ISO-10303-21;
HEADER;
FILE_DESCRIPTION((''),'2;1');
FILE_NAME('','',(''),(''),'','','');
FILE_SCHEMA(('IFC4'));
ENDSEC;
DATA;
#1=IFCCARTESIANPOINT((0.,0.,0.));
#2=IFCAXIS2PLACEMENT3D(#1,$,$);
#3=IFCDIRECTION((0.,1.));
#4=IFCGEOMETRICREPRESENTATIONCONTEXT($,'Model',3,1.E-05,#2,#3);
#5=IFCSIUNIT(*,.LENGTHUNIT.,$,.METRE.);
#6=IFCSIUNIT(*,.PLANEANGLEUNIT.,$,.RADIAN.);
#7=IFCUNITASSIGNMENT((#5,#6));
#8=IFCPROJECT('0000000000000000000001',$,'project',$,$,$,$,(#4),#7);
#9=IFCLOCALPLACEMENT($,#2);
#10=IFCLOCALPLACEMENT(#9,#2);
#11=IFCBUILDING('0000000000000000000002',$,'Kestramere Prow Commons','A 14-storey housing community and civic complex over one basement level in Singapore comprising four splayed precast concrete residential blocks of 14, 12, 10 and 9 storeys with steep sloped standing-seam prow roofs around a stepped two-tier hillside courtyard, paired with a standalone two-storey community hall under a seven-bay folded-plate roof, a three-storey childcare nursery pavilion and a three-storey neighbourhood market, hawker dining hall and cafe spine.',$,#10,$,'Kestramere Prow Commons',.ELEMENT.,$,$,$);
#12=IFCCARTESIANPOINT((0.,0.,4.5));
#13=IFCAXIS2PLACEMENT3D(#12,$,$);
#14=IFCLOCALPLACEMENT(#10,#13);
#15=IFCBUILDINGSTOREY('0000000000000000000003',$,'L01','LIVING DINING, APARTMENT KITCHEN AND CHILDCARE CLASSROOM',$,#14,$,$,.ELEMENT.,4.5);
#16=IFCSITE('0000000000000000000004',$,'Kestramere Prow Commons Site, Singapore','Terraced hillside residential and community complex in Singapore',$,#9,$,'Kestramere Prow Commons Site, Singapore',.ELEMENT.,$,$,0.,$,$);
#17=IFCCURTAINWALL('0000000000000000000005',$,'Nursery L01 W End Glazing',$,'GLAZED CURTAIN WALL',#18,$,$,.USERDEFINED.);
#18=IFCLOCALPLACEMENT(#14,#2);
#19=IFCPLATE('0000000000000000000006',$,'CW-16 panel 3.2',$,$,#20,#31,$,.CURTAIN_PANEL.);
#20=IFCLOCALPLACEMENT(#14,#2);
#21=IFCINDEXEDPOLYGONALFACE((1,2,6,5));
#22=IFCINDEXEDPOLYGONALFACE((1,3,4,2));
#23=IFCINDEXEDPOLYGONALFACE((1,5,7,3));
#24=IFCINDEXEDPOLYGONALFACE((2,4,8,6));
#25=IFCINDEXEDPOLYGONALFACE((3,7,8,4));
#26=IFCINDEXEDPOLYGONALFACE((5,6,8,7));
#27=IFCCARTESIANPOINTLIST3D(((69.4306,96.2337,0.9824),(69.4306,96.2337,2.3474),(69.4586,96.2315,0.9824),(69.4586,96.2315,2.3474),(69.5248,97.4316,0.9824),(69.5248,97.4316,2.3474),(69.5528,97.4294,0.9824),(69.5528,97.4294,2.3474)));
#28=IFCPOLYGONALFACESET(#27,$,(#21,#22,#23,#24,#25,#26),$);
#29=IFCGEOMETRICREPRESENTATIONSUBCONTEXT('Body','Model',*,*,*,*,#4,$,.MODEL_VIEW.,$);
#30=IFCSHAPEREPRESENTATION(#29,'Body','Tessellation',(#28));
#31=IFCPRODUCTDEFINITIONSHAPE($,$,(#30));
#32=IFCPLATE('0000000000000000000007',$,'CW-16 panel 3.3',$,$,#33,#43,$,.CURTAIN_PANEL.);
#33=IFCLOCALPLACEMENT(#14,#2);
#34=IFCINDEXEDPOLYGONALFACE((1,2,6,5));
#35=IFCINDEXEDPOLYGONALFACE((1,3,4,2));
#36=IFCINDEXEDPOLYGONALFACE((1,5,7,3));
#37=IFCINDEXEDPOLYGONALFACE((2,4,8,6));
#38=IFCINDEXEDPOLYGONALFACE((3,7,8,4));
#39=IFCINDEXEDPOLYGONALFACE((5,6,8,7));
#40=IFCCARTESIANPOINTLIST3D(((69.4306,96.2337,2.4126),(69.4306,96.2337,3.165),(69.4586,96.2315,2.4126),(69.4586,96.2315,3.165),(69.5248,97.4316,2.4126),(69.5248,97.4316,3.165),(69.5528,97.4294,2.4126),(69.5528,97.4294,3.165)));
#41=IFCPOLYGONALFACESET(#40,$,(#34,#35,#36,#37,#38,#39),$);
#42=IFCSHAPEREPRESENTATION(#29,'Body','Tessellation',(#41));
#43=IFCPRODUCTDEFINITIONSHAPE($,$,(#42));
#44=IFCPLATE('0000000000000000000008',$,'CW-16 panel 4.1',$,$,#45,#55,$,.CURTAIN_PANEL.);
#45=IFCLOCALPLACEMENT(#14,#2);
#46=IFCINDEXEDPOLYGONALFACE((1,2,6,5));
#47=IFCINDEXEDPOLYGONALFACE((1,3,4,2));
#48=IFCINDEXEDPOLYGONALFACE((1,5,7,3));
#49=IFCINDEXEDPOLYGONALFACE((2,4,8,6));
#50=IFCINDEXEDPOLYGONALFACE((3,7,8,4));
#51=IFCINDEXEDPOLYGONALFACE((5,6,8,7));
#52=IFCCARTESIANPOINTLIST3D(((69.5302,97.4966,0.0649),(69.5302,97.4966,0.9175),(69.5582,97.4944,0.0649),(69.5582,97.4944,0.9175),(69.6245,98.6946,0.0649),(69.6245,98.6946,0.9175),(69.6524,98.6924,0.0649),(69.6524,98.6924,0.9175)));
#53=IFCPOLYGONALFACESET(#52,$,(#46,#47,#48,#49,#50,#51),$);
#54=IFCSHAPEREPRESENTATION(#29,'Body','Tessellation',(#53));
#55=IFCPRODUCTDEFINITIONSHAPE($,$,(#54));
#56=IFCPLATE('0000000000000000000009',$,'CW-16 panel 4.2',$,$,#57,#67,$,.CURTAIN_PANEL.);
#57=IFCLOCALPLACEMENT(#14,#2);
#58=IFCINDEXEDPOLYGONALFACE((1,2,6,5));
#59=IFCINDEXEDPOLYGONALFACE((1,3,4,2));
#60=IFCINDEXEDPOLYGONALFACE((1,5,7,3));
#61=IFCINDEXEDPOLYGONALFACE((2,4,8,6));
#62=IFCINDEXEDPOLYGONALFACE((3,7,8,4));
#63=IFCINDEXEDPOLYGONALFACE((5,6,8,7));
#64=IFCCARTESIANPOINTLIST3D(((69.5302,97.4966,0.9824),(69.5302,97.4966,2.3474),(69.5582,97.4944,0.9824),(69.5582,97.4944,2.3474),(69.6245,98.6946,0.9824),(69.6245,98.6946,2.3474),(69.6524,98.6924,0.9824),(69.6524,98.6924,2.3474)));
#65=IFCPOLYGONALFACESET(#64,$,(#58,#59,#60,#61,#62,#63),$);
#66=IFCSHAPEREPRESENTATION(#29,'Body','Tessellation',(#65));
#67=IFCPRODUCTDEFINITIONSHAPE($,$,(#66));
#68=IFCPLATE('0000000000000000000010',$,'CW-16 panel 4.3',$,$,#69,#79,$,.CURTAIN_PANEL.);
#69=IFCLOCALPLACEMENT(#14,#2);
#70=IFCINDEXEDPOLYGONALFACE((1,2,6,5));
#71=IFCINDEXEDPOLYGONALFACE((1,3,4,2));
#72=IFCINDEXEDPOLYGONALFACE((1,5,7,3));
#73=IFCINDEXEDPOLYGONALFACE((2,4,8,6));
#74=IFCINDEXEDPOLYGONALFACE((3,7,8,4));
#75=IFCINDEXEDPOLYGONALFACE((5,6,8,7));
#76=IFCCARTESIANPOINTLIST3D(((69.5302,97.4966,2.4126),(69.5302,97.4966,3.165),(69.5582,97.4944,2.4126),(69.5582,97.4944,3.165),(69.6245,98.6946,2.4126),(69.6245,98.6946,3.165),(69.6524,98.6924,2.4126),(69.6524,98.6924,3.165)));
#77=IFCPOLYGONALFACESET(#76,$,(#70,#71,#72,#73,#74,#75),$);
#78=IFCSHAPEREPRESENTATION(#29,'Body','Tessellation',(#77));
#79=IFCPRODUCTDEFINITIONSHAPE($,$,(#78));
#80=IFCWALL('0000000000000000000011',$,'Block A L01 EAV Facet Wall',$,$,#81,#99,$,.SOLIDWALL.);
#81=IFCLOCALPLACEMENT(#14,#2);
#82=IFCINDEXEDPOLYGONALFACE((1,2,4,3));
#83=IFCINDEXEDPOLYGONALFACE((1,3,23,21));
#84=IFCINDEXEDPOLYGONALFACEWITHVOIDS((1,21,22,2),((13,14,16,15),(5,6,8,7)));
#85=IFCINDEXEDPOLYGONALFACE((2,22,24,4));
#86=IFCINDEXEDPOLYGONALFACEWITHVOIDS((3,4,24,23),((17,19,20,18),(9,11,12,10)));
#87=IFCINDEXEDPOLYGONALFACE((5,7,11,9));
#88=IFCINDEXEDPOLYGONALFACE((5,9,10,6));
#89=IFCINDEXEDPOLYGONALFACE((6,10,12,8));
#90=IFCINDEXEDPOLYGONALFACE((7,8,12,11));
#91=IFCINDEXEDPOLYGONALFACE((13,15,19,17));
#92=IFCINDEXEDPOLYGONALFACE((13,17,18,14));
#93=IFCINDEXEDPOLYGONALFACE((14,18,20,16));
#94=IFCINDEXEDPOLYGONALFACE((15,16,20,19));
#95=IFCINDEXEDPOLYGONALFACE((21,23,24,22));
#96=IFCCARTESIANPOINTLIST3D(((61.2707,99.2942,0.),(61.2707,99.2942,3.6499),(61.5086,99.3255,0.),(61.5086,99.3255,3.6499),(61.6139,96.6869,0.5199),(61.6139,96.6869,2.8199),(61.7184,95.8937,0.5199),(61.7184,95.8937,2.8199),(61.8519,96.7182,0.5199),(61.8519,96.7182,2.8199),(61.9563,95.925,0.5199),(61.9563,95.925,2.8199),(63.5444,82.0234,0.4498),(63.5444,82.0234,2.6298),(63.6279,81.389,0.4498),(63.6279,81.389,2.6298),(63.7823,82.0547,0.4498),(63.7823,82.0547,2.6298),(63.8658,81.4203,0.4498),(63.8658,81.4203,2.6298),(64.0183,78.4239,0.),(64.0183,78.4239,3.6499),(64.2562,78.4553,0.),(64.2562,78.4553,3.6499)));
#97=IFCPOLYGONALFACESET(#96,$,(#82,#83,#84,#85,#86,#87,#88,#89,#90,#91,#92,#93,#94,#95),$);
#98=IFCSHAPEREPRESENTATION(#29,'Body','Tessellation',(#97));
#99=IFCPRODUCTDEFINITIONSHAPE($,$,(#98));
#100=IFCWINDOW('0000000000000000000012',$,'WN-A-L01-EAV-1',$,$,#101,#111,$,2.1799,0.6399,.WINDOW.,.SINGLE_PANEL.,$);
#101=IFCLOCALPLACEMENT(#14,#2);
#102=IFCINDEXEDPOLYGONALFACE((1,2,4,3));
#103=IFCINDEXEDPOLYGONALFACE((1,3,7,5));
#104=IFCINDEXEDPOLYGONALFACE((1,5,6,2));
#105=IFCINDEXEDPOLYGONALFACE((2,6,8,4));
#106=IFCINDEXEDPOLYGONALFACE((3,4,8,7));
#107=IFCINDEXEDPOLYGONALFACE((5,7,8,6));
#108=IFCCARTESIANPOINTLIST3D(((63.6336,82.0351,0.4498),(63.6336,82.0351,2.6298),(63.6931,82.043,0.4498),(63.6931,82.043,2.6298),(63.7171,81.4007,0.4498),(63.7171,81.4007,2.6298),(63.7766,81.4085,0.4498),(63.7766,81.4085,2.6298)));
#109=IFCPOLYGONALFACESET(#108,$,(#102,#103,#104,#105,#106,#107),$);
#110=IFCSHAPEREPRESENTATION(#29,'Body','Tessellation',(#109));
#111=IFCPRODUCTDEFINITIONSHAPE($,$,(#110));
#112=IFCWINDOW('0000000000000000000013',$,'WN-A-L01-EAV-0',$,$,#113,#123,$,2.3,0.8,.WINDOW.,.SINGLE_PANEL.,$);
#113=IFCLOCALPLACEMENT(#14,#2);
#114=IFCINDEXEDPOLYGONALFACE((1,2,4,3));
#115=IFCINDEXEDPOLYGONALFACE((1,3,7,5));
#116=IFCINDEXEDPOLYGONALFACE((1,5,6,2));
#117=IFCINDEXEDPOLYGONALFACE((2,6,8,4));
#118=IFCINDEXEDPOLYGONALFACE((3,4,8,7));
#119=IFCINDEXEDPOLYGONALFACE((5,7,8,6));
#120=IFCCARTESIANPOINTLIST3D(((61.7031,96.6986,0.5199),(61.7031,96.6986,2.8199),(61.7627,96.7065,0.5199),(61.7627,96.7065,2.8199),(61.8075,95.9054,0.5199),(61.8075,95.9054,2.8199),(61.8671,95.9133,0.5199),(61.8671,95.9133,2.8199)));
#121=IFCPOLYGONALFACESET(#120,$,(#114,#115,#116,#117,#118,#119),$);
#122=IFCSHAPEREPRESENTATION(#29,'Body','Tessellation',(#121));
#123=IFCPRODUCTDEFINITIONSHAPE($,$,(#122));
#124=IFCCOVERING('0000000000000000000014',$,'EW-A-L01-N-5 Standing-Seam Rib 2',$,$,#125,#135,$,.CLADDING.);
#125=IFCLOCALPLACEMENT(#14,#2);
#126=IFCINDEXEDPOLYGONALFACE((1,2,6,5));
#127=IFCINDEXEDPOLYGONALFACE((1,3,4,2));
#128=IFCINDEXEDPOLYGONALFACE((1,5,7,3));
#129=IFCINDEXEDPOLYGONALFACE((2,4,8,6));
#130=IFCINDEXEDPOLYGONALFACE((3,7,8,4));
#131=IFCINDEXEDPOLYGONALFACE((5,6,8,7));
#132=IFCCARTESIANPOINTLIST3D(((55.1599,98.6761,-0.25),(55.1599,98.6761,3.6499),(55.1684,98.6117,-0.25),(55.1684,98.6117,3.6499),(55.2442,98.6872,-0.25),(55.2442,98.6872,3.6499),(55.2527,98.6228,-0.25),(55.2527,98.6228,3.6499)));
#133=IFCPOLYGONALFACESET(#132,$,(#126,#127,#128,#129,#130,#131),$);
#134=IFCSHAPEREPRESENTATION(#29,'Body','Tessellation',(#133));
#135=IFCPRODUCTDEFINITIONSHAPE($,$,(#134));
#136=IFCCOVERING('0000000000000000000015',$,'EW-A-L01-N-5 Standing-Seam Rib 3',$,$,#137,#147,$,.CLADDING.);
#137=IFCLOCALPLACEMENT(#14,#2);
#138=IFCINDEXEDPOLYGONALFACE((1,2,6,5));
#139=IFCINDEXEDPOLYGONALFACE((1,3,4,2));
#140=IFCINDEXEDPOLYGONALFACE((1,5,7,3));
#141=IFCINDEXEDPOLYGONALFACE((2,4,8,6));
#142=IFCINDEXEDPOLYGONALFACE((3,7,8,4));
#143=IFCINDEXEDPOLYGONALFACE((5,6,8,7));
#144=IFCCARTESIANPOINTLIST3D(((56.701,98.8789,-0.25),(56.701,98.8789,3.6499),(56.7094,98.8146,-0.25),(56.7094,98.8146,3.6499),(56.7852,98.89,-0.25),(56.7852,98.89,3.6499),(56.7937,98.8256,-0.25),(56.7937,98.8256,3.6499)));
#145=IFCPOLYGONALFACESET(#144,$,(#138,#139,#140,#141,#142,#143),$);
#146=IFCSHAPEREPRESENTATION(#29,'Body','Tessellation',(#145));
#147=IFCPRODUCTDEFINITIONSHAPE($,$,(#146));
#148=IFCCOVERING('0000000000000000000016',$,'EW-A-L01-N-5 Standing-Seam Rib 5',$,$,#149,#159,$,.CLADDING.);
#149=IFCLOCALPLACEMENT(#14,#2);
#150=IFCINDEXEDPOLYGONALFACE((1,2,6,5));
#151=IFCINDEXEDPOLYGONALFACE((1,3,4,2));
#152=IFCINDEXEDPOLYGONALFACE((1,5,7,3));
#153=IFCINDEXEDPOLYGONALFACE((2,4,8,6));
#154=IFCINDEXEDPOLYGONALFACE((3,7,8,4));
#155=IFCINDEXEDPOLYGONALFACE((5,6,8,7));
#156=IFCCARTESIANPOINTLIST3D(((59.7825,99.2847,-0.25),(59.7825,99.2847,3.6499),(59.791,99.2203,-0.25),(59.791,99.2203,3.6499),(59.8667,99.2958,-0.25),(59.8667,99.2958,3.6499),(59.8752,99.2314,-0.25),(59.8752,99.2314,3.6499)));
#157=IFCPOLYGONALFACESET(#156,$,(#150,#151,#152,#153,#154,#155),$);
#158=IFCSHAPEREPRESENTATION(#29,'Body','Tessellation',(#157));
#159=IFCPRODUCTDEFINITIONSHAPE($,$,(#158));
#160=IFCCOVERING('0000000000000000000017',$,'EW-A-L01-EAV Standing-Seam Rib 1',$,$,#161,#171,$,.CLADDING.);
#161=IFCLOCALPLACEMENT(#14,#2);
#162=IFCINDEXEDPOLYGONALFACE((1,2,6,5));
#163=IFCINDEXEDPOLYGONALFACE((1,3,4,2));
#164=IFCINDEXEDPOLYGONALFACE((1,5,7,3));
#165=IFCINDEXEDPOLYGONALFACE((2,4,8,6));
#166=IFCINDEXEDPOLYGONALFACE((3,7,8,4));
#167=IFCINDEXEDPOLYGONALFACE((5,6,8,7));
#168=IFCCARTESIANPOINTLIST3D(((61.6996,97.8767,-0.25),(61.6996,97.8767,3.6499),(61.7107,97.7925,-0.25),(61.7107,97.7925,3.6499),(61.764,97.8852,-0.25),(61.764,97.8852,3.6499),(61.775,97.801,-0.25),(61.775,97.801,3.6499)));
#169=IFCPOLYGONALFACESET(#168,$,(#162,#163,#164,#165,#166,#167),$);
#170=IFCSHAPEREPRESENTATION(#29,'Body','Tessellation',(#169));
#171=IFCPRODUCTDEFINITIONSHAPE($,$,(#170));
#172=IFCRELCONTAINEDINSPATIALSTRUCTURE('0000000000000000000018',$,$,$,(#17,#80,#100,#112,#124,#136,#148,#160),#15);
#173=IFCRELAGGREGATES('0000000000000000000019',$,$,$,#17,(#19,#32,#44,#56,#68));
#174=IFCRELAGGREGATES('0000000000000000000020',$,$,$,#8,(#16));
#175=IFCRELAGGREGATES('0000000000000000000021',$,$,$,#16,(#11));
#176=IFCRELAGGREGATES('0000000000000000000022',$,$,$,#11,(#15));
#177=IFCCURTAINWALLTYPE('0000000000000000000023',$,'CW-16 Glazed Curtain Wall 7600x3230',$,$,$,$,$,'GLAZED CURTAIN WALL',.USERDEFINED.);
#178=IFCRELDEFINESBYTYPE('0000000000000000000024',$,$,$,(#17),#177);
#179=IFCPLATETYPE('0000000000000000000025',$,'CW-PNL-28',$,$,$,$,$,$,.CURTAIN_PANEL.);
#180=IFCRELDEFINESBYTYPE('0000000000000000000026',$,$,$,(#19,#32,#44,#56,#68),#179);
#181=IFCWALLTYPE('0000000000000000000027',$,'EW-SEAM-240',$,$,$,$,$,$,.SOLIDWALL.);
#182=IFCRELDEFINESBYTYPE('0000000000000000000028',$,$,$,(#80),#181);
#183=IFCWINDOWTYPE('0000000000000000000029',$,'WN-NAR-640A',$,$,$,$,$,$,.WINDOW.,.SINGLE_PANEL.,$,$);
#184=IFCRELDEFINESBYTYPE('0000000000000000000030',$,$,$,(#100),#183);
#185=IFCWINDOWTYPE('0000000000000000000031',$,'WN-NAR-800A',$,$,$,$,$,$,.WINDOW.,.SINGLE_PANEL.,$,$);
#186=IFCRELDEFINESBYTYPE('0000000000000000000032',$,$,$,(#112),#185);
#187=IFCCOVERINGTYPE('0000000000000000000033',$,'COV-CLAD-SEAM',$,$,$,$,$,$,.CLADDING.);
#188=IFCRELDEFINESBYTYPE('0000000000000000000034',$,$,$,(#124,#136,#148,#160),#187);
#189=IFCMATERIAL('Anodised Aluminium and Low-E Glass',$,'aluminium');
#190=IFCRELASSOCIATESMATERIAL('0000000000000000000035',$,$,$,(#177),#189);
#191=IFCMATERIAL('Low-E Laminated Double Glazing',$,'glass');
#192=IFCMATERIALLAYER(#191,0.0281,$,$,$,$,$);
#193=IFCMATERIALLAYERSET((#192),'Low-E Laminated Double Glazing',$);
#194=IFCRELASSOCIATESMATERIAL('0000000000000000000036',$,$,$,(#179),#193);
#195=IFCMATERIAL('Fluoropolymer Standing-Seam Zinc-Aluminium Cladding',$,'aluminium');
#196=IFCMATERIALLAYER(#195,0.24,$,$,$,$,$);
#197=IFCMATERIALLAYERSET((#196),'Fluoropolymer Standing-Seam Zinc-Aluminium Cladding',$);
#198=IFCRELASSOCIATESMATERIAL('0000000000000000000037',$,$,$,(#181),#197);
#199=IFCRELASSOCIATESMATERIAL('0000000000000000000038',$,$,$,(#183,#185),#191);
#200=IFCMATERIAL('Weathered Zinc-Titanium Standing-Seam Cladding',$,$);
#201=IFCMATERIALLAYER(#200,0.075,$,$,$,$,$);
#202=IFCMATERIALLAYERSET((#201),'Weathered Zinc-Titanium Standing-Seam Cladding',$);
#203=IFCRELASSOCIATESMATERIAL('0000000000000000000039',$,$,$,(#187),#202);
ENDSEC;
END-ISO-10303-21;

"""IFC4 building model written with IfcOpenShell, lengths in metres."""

from ifc_helpers import new_model, si_unit, direction, frame, frame_2d, origin, origin_2d, place, context, subcontext, project, spatial, rectangle, extrude, material, layer, layer_set, type_object, element, fill, aggregate, save


model = new_model("IFC4")

# Units and contexts
model_context = context("Model", 3, precision=1e-05, world=origin(), true_north=direction((0.0, 1.0)))
body_context = subcontext(model_context, "Body", "Model", "MODEL_VIEW")
ifc_project = project(units=[si_unit("LENGTHUNIT", "METRE"), si_unit("PLANEANGLEUNIT", "RADIAN")], contexts=[model_context])

# Site, building, storey
site_placement = place(None, origin())
site = spatial("IfcSite", under=ifc_project, at=site_placement, Name="Kestramere Prow Commons Site, Singapore", Description="Terraced hillside residential and community complex in Singapore", LongName="Kestramere Prow Commons Site, Singapore", CompositionType="ELEMENT", RefElevation=0.0)
building_placement = place(site_placement, origin())
building = spatial("IfcBuilding", under=site, at=building_placement, Name="Kestramere Prow Commons", Description="A 14-storey housing community and civic complex over one basement level in Singapore comprising four splayed precast concrete residential blocks of 14, 12, 10 and 9 storeys with steep sloped standing-seam prow roofs around a stepped two-tier hillside courtyard, paired with a standalone two-storey community hall under a seven-bay folded-plate roof, a three-storey childcare nursery pavilion and a three-storey neighbourhood market, hawker dining hall and cafe spine.", LongName="Kestramere Prow Commons", CompositionType="ELEMENT")
storey_placement = place(building_placement, frame((0.0, 0.0, 4.5)))
storey = spatial("IfcBuildingStorey", under=building, at=storey_placement, Name="L01", Description="LIVING DINING, APARTMENT KITCHEN AND CHILDCARE CLASSROOM", CompositionType="ELEMENT", Elevation=4.5)

# Curtain wall, plates
ifc_material_1 = material(Name="Anodised Aluminium and Low-E Glass", Category="aluminium")
curtain_wall_type = type_object("IfcCurtainWallType", Name="CW-16 Glazed Curtain Wall 7600x3230", ElementType="GLAZED CURTAIN WALL", PredefinedType="USERDEFINED", material=ifc_material_1)
curtain_wall_placement = place(storey_placement, origin())
curtain_wall = element("IfcCurtainWall", 1, at=curtain_wall_placement, inside=storey, type_object=curtain_wall_type, Name="Nursery L01 W End Glazing", ObjectType="GLAZED CURTAIN WALL", PredefinedType="USERDEFINED")
ifc_material_2 = material(Name="Low-E Laminated Double Glazing", Category="glass")
ifc_layer_1 = layer(ifc_material_2, 0.0281)
ifc_layer_set_1 = layer_set([ifc_layer_1], Name="Low-E Laminated Double Glazing")
plate_type = type_object("IfcPlateType", Name="CW-PNL-28", PredefinedType="CURTAIN_PANEL", material=ifc_layer_set_1)
plate_1_placement = place(storey_placement, frame((69.4917, 96.8315, 0.9824), z_axis=(0.0, 0.0, 1.0), x_axis=(0.078459, 0.996917, 0.0)))
plate_1 = element("IfcPlate", 2, at=plate_1_placement, type_object=plate_type, Name="CW-16 panel 3.2", PredefinedType="CURTAIN_PANEL", context=body_context, shape_type="SweptSolid", body=[
    extrude(rectangle(XDim=1.2017, YDim=0.0281, at=origin_2d()), origin(), (0.0, 0.0, 1.0), 1.365),
])
plate_2_placement = place(storey_placement, frame((69.4917, 96.8315, 2.4126), z_axis=(0.0, 0.0, 1.0), x_axis=(0.078459, 0.996917, 0.0)))
plate_2 = element("IfcPlate", 3, at=plate_2_placement, type_object=plate_type, Name="CW-16 panel 3.3", PredefinedType="CURTAIN_PANEL", context=body_context, shape_type="SweptSolid", body=[
    extrude(rectangle(XDim=1.2017, YDim=0.0281, at=origin_2d()), origin(), (0.0, 0.0, 1.0), 0.7524),
])
plate_3_placement = place(storey_placement, frame((69.5913, 98.0945, 0.0649), z_axis=(0.0, 0.0, 1.0), x_axis=(0.078459, 0.996917, 0.0)))
plate_3 = element("IfcPlate", 4, at=plate_3_placement, type_object=plate_type, Name="CW-16 panel 4.1", PredefinedType="CURTAIN_PANEL", context=body_context, shape_type="SweptSolid", body=[
    extrude(rectangle(XDim=1.2017, YDim=0.0281, at=origin_2d()), origin(), (0.0, 0.0, 1.0), 0.8525),
])
plate_4_placement = place(storey_placement, frame((69.5913, 98.0945, 0.9824), z_axis=(0.0, 0.0, 1.0), x_axis=(0.078459, 0.996917, 0.0)))
plate_4 = element("IfcPlate", 5, at=plate_4_placement, type_object=plate_type, Name="CW-16 panel 4.2", PredefinedType="CURTAIN_PANEL", context=body_context, shape_type="SweptSolid", body=[
    extrude(rectangle(XDim=1.2017, YDim=0.0281, at=origin_2d()), origin(), (0.0, 0.0, 1.0), 1.365),
])
plate_5_placement = place(storey_placement, frame((69.5913, 98.0945, 2.4126), z_axis=(0.0, 0.0, 1.0), x_axis=(0.078459, 0.996917, 0.0)))
plate_5 = element("IfcPlate", 6, at=plate_5_placement, type_object=plate_type, Name="CW-16 panel 4.3", PredefinedType="CURTAIN_PANEL", context=body_context, shape_type="SweptSolid", body=[
    extrude(rectangle(XDim=1.2017, YDim=0.0281, at=origin_2d()), origin(), (0.0, 0.0, 1.0), 0.7524),
])
aggregate(curtain_wall, [plate_1, plate_2, plate_3, plate_4, plate_5])

# Wall, openings, windows
ifc_material_3 = material(Name="Fluoropolymer Standing-Seam Zinc-Aluminium Cladding", Category="aluminium")
ifc_layer_2 = layer(ifc_material_3, 0.24)
ifc_layer_set_2 = layer_set([ifc_layer_2], Name="Fluoropolymer Standing-Seam Zinc-Aluminium Cladding")
wall_type = type_object("IfcWallType", Name="EW-SEAM-240", PredefinedType="SOLIDWALL", material=ifc_layer_set_2)
wall_placement = place(storey_placement, frame((61.3896, 99.3098, 0.0), z_axis=(0.0, 0.0, 1.0), x_axis=(0.130524, -0.991445, 0.0)))
wall = element("IfcWall", 7, at=wall_placement, inside=storey, type_object=wall_type, Name="Block A L01 EAV Facet Wall", PredefinedType="SOLIDWALL", context=body_context, shape_type="SweptSolid", body=[
    extrude(rectangle(XDim=21.0503, YDim=0.24, at=frame_2d((10.5251, 0.0))), origin(), (0.0, 0.0, 1.0), 3.6499),
])
opening_1_placement = place(wall_placement, frame((2.6299, 0.0, 0.52)))
opening_1 = element("IfcOpeningElement", 8, at=opening_1_placement, cuts=wall, PredefinedType="OPENING", context=body_context, shape_type="SweptSolid", body=[
    extrude(rectangle(XDim=0.8, YDim=2.3, at=frame_2d((0.3999, 1.1499))), frame((0.0, 0.135, 0.0), z_axis=(0.0, -1.0, 0.0), x_axis=(1.0, 0.0, 0.0)), (0.0, 0.0, 1.0), 0.27),
])
opening_2_placement = place(wall_placement, frame((17.4199, 0.0, 0.45)))
opening_2 = element("IfcOpeningElement", 9, at=opening_2_placement, cuts=wall, PredefinedType="OPENING", context=body_context, shape_type="SweptSolid", body=[
    extrude(rectangle(XDim=0.6399, YDim=2.1799, at=frame_2d((0.3198, 1.0898))), frame((0.0, 0.135, 0.0), z_axis=(0.0, -1.0, 0.0), x_axis=(1.0, 0.0, 0.0)), (0.0, 0.0, 1.0), 0.27),
])
window_type_1 = type_object("IfcWindowType", Name="WN-NAR-640A", PartitioningType="SINGLE_PANEL", PredefinedType="WINDOW", material=ifc_material_2)
window_1_placement = place(opening_2_placement, origin())
window_1 = element("IfcWindow", 10, at=window_1_placement, inside=storey, type_object=window_type_1, Name="WN-A-L01-EAV-1", OverallHeight=2.1799, OverallWidth=0.6399, PartitioningType="SINGLE_PANEL", PredefinedType="WINDOW", context=body_context, shape_type="SweptSolid", body=[
    extrude(rectangle(XDim=0.6399, YDim=2.1799, at=frame_2d((0.3198, 1.0898))), frame((0.0, 0.03, 0.0), z_axis=(0.0, -1.0, 0.0), x_axis=(1.0, 0.0, 0.0)), (0.0, 0.0, 1.0), 0.0601),
])
fill(opening_2, window_1)
window_type_2 = type_object("IfcWindowType", Name="WN-NAR-800A", PartitioningType="SINGLE_PANEL", PredefinedType="WINDOW", material=ifc_material_2)
window_2_placement = place(opening_1_placement, origin())
window_2 = element("IfcWindow", 11, at=window_2_placement, inside=storey, type_object=window_type_2, Name="WN-A-L01-EAV-0", OverallHeight=2.3, OverallWidth=0.8, PartitioningType="SINGLE_PANEL", PredefinedType="WINDOW", context=body_context, shape_type="SweptSolid", body=[
    extrude(rectangle(XDim=0.8, YDim=2.3, at=frame_2d((0.3999, 1.1499))), frame((0.0, 0.03, 0.0), z_axis=(0.0, -1.0, 0.0), x_axis=(1.0, 0.0, 0.0)), (0.0, 0.0, 1.0), 0.0601),
])
fill(opening_1, window_2)

# Coverings
ifc_material_4 = material(Name="Weathered Zinc-Titanium Standing-Seam Cladding")
ifc_layer_3 = layer(ifc_material_4, 0.075)
ifc_layer_set_3 = layer_set([ifc_layer_3], Name="Weathered Zinc-Titanium Standing-Seam Cladding")
covering_type = type_object("IfcCoveringType", Name="COV-CLAD-SEAM", PredefinedType="CLADDING", material=ifc_layer_set_3)
for number, where, z_axis, x_axis, name in (
    (12, (55.2063, 98.6494, -0.25), (0.0, 0.0, 1.0), (0.991445, 0.130526, 0.0), "EW-A-L01-N-5 Standing-Seam Rib 2"),
    (13, (56.7473, 98.8523, -0.25), (0.0, 0.0, 1.0), (0.991445, 0.130526, 0.0), "EW-A-L01-N-5 Standing-Seam Rib 3"),
    (14, (59.8289, 99.2581, -0.25), (0.0, 0.0, 1.0), (0.991445, 0.130526, 0.0), "EW-A-L01-N-5 Standing-Seam Rib 5"),
    (15, (61.7373, 97.8389, -0.25), (0.0, 0.0, 1.0), (0.130526, -0.991445, 0.0), "EW-A-L01-EAV Standing-Seam Rib 1"),
):
    element("IfcCovering", number, at=place(storey_placement, frame(where, z_axis=z_axis, x_axis=x_axis)), inside=storey, type_object=covering_type, Name=name, PredefinedType="CLADDING", context=body_context, shape_type="SweptSolid", body=[
        extrude(rectangle(XDim=0.085, YDim=0.0649, at=origin_2d()), origin(), (0.0, 0.0, 1.0), 3.8999),
    ])

save(model, "model.ifc")
